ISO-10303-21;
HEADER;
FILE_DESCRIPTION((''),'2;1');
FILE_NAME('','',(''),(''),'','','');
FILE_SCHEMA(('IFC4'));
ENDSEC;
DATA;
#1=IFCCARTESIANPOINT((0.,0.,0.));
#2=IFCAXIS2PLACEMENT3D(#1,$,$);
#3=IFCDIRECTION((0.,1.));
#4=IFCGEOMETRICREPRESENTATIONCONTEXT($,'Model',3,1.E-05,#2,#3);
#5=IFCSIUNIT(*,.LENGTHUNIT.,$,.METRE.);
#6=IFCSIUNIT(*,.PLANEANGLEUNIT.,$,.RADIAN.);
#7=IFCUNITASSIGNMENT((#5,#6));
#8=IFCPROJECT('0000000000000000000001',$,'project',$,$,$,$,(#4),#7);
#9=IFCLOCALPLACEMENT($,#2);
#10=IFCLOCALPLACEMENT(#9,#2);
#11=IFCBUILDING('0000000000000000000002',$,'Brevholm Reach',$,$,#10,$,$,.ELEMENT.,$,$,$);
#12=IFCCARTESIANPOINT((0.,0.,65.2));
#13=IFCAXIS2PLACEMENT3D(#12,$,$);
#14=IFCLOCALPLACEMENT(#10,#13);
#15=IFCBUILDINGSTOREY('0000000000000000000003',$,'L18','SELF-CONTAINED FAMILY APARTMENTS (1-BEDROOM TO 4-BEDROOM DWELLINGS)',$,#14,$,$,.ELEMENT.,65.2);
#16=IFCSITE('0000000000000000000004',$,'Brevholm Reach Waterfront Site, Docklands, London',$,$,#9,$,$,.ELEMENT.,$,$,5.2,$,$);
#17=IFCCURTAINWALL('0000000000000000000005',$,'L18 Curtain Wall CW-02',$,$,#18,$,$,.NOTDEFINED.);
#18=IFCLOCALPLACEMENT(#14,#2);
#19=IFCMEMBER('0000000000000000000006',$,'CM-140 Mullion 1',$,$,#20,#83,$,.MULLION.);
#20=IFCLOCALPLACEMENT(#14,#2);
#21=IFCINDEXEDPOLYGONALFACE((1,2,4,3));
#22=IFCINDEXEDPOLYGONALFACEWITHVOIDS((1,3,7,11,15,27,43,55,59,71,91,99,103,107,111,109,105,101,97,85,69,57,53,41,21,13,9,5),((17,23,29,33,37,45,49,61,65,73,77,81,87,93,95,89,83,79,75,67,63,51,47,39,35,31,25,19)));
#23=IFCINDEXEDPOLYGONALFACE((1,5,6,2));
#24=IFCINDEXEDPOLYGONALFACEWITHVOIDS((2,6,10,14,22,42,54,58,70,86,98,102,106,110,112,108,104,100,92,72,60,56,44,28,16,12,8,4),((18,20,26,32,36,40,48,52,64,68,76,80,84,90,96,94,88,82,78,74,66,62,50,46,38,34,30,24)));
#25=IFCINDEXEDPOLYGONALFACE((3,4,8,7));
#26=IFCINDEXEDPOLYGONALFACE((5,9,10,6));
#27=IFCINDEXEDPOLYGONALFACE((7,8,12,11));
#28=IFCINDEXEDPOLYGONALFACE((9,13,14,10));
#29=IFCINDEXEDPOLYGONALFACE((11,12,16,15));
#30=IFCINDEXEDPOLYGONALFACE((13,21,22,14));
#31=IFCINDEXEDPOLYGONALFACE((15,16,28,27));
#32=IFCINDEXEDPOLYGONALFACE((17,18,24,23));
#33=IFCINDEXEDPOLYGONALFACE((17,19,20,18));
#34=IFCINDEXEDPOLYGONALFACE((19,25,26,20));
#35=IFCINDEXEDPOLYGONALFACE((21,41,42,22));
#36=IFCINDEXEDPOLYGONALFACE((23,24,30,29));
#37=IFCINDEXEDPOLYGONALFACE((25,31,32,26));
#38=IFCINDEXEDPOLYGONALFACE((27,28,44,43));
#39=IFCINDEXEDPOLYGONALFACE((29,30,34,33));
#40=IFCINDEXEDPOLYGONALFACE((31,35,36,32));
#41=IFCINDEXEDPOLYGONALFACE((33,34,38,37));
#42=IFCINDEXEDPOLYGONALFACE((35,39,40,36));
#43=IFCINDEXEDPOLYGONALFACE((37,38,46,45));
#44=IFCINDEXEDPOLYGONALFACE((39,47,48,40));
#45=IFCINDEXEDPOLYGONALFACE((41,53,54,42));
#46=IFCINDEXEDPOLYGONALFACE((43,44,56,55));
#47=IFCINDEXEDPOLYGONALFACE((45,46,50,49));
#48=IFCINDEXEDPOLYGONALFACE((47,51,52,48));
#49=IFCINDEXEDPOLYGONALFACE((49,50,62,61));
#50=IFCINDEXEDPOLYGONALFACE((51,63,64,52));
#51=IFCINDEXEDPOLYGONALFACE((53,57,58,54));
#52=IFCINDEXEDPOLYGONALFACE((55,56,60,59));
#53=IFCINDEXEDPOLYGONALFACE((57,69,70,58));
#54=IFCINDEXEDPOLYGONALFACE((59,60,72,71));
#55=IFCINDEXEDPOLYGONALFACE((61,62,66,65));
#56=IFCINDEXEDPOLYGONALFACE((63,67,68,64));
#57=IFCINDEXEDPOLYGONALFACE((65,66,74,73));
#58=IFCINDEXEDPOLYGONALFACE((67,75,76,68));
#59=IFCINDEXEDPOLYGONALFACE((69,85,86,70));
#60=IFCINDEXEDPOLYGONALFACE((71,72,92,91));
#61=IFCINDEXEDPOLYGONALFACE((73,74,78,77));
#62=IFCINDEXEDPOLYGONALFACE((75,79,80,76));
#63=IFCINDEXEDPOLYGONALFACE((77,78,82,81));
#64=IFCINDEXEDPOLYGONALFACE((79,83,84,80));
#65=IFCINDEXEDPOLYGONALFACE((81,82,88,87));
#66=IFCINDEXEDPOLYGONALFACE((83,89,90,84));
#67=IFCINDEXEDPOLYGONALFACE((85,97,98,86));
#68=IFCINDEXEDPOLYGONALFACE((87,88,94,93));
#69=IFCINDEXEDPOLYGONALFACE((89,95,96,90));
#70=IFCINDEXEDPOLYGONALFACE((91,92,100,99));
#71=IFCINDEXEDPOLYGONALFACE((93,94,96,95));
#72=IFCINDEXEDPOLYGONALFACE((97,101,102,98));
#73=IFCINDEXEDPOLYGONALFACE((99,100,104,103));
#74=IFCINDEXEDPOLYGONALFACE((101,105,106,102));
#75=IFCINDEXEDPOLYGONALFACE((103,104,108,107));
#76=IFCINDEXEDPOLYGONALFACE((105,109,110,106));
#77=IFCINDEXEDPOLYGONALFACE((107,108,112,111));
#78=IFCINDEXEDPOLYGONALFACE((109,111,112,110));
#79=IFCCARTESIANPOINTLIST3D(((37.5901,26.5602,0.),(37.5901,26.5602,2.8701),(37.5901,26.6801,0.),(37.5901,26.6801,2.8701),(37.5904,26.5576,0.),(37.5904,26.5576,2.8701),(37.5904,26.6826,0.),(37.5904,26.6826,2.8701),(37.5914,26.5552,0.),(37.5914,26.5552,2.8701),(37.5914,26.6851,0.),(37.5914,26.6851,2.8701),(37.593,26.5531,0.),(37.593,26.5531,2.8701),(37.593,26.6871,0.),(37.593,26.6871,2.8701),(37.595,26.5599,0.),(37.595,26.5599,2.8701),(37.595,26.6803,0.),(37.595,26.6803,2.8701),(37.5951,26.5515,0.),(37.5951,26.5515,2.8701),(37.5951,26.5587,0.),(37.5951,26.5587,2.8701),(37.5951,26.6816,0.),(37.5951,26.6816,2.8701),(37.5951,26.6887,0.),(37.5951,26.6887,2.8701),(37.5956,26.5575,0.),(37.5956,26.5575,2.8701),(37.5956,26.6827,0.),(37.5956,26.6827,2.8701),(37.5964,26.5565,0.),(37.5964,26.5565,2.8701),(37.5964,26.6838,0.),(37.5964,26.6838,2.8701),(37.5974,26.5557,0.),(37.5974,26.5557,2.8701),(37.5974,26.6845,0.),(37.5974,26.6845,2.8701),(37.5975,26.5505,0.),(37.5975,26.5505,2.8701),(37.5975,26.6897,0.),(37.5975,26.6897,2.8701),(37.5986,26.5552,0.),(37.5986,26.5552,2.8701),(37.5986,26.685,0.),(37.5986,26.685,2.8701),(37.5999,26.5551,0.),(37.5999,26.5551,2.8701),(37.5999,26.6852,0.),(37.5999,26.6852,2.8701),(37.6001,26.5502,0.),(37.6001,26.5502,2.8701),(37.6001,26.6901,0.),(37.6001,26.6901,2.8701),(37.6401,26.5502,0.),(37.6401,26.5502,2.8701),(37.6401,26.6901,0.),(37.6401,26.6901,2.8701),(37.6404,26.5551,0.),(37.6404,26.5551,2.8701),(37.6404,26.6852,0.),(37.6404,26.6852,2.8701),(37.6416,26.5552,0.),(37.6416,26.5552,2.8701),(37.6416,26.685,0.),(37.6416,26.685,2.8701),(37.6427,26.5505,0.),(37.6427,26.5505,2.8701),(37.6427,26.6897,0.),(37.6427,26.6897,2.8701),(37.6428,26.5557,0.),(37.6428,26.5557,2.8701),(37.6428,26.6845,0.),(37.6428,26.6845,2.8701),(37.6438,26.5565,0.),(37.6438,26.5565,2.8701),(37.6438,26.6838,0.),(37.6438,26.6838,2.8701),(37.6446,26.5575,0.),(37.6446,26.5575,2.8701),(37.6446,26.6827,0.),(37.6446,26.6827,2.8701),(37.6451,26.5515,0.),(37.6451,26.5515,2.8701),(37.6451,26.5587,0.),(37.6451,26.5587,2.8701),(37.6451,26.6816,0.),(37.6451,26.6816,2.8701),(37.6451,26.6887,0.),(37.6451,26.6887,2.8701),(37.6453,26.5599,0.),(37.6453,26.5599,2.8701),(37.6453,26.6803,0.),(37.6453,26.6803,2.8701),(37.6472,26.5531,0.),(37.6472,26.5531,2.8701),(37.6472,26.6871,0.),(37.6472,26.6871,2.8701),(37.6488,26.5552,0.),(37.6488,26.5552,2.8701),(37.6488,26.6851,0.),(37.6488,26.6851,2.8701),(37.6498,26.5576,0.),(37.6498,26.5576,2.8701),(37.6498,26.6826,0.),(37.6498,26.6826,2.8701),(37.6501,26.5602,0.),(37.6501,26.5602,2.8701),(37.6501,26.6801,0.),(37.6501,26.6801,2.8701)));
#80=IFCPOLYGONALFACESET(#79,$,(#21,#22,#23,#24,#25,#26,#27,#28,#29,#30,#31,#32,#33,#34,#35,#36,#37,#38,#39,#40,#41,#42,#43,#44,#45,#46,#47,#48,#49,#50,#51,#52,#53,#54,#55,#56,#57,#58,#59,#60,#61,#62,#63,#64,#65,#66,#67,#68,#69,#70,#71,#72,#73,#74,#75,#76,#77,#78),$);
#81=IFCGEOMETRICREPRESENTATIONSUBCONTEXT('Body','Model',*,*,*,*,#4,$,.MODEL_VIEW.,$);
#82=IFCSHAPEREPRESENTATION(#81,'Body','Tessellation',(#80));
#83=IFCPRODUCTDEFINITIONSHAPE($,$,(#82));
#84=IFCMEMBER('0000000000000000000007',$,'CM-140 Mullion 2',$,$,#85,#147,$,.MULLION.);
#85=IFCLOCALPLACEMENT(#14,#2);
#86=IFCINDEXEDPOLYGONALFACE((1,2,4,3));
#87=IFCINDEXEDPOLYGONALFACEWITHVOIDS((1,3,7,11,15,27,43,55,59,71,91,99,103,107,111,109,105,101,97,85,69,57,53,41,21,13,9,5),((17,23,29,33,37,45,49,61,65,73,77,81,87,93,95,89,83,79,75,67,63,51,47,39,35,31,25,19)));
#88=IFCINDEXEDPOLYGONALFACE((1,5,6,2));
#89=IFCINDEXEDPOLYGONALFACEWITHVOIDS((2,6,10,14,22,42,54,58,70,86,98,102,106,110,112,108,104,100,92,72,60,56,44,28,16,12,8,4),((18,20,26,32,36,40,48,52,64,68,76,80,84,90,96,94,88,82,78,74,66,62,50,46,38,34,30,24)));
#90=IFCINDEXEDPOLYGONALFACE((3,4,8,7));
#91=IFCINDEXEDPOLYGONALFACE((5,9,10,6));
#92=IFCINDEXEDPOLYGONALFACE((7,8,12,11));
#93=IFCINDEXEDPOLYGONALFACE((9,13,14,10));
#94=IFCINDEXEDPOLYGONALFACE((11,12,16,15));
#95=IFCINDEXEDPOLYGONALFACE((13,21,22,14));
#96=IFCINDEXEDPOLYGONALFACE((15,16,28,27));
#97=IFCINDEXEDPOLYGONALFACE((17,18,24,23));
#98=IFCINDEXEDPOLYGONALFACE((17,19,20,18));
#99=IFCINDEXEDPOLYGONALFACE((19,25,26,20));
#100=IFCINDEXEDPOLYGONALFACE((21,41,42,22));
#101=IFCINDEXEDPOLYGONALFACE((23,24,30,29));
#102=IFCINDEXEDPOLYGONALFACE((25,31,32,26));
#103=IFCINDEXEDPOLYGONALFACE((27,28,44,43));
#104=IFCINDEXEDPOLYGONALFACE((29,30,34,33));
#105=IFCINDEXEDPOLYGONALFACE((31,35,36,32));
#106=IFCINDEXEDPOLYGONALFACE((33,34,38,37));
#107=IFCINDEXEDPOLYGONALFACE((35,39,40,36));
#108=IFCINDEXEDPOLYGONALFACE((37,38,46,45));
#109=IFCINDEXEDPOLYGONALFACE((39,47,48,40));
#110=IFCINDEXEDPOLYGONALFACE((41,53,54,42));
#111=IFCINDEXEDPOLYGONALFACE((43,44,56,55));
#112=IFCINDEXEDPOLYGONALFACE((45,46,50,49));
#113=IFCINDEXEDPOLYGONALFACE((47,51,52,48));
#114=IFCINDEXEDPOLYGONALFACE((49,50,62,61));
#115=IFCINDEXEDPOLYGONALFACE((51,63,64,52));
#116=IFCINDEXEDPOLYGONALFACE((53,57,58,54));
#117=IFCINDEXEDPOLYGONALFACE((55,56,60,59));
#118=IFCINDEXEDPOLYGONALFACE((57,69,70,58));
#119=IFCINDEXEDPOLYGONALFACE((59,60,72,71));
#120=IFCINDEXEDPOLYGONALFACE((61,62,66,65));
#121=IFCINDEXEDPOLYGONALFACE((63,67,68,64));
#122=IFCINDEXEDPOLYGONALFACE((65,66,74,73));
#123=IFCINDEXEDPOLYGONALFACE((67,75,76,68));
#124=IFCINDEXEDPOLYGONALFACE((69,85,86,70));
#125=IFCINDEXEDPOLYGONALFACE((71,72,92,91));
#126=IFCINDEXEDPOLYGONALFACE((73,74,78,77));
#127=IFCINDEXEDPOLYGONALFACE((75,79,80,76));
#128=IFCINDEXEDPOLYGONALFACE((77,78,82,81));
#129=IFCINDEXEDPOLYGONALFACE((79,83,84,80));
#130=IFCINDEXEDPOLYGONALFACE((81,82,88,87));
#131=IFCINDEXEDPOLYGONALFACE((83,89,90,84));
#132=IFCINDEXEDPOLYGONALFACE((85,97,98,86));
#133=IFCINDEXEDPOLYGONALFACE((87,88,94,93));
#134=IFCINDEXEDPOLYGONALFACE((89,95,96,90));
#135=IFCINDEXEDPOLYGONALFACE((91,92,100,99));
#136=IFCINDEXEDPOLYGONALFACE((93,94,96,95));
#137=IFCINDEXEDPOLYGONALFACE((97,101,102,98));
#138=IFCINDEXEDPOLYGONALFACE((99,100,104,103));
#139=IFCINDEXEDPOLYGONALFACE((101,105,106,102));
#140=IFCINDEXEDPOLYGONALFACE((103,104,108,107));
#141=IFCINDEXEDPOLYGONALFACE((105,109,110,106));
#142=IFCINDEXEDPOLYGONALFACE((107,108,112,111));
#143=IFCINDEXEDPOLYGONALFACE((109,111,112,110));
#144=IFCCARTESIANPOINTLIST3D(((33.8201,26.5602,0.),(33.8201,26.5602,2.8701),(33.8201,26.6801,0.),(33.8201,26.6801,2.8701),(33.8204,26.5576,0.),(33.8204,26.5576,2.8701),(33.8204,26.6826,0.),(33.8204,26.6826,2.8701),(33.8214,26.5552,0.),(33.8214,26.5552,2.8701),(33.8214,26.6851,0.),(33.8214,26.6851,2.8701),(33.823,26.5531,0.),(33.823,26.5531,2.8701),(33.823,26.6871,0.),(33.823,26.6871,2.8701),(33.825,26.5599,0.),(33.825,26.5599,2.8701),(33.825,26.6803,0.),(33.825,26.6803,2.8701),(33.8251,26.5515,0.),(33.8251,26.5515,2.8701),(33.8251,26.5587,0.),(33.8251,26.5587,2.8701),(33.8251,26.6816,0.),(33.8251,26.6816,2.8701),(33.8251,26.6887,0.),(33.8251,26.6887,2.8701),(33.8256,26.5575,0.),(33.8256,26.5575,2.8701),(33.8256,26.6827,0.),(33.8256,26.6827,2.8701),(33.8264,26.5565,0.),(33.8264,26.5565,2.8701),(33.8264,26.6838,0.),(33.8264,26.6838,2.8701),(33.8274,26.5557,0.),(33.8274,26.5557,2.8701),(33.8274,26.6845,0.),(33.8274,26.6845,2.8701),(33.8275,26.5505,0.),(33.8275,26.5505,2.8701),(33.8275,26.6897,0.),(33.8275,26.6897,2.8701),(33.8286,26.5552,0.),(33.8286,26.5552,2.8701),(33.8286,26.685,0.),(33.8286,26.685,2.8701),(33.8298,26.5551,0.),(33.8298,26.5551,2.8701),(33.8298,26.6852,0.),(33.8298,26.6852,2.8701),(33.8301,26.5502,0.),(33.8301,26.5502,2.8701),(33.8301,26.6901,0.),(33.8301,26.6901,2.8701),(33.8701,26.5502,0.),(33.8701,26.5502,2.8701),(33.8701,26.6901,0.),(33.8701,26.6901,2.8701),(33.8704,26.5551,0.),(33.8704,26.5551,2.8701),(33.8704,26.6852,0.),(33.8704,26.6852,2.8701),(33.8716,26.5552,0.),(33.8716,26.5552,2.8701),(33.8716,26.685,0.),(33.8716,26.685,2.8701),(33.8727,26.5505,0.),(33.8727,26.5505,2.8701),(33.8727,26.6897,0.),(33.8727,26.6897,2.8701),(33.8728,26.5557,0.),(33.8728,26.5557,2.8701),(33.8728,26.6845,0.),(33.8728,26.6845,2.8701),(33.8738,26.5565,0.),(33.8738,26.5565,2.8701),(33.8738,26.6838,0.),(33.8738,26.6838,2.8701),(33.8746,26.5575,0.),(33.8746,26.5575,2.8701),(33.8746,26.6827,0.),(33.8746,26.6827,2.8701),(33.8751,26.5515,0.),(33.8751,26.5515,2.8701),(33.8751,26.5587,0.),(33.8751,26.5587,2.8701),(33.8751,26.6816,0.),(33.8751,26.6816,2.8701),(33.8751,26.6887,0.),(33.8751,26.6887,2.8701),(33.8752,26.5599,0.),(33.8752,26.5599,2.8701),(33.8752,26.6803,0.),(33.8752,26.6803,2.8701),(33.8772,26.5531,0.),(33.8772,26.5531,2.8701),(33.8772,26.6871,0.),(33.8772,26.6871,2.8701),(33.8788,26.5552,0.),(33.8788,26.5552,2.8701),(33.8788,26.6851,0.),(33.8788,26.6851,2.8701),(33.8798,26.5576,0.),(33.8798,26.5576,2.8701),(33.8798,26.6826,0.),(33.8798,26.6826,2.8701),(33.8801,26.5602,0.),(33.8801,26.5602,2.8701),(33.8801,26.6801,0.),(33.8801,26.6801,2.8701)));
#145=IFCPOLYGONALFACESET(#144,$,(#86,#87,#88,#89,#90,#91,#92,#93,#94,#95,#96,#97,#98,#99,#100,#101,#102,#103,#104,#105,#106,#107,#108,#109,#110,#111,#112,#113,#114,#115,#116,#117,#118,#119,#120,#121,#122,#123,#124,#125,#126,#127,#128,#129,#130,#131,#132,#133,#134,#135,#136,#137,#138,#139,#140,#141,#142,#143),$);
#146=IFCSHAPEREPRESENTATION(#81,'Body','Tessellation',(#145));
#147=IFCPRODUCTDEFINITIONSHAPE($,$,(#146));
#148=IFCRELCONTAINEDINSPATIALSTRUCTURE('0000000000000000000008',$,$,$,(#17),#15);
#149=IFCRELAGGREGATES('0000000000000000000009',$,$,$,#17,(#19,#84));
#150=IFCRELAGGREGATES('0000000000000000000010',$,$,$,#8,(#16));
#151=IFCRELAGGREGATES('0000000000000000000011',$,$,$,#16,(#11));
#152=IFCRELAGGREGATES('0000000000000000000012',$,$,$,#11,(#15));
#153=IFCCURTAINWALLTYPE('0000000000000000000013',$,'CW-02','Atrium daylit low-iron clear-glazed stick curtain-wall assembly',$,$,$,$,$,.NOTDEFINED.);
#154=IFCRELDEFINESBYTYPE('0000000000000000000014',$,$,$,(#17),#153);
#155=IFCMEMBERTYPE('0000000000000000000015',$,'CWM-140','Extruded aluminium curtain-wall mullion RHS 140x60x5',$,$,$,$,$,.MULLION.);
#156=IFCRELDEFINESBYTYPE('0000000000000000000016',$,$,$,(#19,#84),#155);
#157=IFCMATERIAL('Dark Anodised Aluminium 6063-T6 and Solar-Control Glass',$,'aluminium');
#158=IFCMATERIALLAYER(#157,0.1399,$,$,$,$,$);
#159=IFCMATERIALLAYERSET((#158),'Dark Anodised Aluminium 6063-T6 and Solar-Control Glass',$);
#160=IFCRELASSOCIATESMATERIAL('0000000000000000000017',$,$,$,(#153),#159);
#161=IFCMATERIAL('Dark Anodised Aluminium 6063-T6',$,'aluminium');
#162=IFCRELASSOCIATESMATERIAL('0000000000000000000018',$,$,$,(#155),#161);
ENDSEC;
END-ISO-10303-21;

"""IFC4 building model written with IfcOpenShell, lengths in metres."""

from ifc_helpers import new_model, si_unit, direction, frame, origin, origin_2d, place, context, subcontext, project, spatial, hollow_rectangle, extrude, material, layer, layer_set, material_profile, profile_set, type_object, element, aggregate, save


model = new_model("IFC4")

# Units and contexts
model_context = context("Model", 3, precision=1e-05, world=origin(), true_north=direction((0.0, 1.0)))
body_context = subcontext(model_context, "Body", "Model", "MODEL_VIEW")
ifc_project = project(units=[si_unit("LENGTHUNIT", "METRE"), si_unit("PLANEANGLEUNIT", "RADIAN")], contexts=[model_context])

# Site, building, storey
site_placement = place(None, origin())
site = spatial("IfcSite", under=ifc_project, at=site_placement, Name="Brevholm Reach Waterfront Site, Docklands, London", CompositionType="ELEMENT", RefElevation=5.2)
building_placement = place(site_placement, origin())
building = spatial("IfcBuilding", under=site, at=building_placement, Name="Brevholm Reach", CompositionType="ELEMENT")
storey_placement = place(building_placement, frame((0.0, 0.0, 65.2)))
storey = spatial("IfcBuildingStorey", under=building, at=storey_placement, Name="L18", Description="SELF-CONTAINED FAMILY APARTMENTS (1-BEDROOM TO 4-BEDROOM DWELLINGS)", CompositionType="ELEMENT", Elevation=65.2)

# Curtain wall, members
ifc_material_1 = material(Name="Dark Anodised Aluminium 6063-T6 and Solar-Control Glass", Category="aluminium")
ifc_layer_1 = layer(ifc_material_1, 0.1399)
ifc_layer_set_1 = layer_set([ifc_layer_1], Name="Dark Anodised Aluminium 6063-T6 and Solar-Control Glass")
curtain_wall_type_1 = type_object("IfcCurtainWallType", Name="CW-02", Description="Atrium daylit low-iron clear-glazed stick curtain-wall assembly", PredefinedType="NOTDEFINED", material=ifc_layer_set_1)
curtain_wall_1_placement = place(storey_placement, origin())
curtain_wall_1 = element("IfcCurtainWall", 1, at=curtain_wall_1_placement, inside=storey, type_object=curtain_wall_type_1, Name="L18 Curtain Wall CW-02", PredefinedType="NOTDEFINED")
ifc_material_2 = material(Name="Dark Anodised Aluminium 6063-T6", Category="aluminium")
ifc_material_profile_1 = material_profile(ifc_material_2, hollow_rectangle(XDim=0.0601, YDim=0.1399, WallThickness=0.0049, InnerFilletRadius=0.0049, OuterFilletRadius=0.01, at=origin_2d()), Name="RHS 140x60x5")
ifc_profile_set_1 = profile_set([ifc_material_profile_1], Name="Dark Anodised Aluminium 6063-T6")
member_type_1 = type_object("IfcMemberType", Name="CWM-140", Description="Extruded aluminium curtain-wall mullion RHS 140x60x5", PredefinedType="MULLION", material=ifc_profile_set_1)
member_1_placement = place(storey_placement, frame((37.6201, 26.6201, 0.0), z_axis=(0.0, 0.0, 1.0), x_axis=(-1.0, 0.0, 0.0)))
member_1 = element("IfcMember", 2, at=member_1_placement, type_object=member_type_1, Name="CM-140 Mullion 1", PredefinedType="MULLION", context=body_context, shape_type="SweptSolid", body=[
    extrude(hollow_rectangle(XDim=0.0601, YDim=0.1399, WallThickness=0.0049, InnerFilletRadius=0.0049, OuterFilletRadius=0.01, at=origin_2d()), origin(), (0.0, 0.0, 1.0), 2.8701),
])
member_2_placement = place(storey_placement, frame((33.8501, 26.6201, 0.0), z_axis=(0.0, 0.0, 1.0), x_axis=(-1.0, 0.0, 0.0)))
member_2 = element("IfcMember", 3, at=member_2_placement, type_object=member_type_1, Name="CM-140 Mullion 2", PredefinedType="MULLION", context=body_context, shape_type="SweptSolid", body=[
    extrude(hollow_rectangle(XDim=0.0601, YDim=0.1399, WallThickness=0.0049, InnerFilletRadius=0.0049, OuterFilletRadius=0.01, at=origin_2d()), origin(), (0.0, 0.0, 1.0), 2.8701),
])

aggregate(curtain_wall_1, [member_1, member_2])

save(model, "model.ifc")
